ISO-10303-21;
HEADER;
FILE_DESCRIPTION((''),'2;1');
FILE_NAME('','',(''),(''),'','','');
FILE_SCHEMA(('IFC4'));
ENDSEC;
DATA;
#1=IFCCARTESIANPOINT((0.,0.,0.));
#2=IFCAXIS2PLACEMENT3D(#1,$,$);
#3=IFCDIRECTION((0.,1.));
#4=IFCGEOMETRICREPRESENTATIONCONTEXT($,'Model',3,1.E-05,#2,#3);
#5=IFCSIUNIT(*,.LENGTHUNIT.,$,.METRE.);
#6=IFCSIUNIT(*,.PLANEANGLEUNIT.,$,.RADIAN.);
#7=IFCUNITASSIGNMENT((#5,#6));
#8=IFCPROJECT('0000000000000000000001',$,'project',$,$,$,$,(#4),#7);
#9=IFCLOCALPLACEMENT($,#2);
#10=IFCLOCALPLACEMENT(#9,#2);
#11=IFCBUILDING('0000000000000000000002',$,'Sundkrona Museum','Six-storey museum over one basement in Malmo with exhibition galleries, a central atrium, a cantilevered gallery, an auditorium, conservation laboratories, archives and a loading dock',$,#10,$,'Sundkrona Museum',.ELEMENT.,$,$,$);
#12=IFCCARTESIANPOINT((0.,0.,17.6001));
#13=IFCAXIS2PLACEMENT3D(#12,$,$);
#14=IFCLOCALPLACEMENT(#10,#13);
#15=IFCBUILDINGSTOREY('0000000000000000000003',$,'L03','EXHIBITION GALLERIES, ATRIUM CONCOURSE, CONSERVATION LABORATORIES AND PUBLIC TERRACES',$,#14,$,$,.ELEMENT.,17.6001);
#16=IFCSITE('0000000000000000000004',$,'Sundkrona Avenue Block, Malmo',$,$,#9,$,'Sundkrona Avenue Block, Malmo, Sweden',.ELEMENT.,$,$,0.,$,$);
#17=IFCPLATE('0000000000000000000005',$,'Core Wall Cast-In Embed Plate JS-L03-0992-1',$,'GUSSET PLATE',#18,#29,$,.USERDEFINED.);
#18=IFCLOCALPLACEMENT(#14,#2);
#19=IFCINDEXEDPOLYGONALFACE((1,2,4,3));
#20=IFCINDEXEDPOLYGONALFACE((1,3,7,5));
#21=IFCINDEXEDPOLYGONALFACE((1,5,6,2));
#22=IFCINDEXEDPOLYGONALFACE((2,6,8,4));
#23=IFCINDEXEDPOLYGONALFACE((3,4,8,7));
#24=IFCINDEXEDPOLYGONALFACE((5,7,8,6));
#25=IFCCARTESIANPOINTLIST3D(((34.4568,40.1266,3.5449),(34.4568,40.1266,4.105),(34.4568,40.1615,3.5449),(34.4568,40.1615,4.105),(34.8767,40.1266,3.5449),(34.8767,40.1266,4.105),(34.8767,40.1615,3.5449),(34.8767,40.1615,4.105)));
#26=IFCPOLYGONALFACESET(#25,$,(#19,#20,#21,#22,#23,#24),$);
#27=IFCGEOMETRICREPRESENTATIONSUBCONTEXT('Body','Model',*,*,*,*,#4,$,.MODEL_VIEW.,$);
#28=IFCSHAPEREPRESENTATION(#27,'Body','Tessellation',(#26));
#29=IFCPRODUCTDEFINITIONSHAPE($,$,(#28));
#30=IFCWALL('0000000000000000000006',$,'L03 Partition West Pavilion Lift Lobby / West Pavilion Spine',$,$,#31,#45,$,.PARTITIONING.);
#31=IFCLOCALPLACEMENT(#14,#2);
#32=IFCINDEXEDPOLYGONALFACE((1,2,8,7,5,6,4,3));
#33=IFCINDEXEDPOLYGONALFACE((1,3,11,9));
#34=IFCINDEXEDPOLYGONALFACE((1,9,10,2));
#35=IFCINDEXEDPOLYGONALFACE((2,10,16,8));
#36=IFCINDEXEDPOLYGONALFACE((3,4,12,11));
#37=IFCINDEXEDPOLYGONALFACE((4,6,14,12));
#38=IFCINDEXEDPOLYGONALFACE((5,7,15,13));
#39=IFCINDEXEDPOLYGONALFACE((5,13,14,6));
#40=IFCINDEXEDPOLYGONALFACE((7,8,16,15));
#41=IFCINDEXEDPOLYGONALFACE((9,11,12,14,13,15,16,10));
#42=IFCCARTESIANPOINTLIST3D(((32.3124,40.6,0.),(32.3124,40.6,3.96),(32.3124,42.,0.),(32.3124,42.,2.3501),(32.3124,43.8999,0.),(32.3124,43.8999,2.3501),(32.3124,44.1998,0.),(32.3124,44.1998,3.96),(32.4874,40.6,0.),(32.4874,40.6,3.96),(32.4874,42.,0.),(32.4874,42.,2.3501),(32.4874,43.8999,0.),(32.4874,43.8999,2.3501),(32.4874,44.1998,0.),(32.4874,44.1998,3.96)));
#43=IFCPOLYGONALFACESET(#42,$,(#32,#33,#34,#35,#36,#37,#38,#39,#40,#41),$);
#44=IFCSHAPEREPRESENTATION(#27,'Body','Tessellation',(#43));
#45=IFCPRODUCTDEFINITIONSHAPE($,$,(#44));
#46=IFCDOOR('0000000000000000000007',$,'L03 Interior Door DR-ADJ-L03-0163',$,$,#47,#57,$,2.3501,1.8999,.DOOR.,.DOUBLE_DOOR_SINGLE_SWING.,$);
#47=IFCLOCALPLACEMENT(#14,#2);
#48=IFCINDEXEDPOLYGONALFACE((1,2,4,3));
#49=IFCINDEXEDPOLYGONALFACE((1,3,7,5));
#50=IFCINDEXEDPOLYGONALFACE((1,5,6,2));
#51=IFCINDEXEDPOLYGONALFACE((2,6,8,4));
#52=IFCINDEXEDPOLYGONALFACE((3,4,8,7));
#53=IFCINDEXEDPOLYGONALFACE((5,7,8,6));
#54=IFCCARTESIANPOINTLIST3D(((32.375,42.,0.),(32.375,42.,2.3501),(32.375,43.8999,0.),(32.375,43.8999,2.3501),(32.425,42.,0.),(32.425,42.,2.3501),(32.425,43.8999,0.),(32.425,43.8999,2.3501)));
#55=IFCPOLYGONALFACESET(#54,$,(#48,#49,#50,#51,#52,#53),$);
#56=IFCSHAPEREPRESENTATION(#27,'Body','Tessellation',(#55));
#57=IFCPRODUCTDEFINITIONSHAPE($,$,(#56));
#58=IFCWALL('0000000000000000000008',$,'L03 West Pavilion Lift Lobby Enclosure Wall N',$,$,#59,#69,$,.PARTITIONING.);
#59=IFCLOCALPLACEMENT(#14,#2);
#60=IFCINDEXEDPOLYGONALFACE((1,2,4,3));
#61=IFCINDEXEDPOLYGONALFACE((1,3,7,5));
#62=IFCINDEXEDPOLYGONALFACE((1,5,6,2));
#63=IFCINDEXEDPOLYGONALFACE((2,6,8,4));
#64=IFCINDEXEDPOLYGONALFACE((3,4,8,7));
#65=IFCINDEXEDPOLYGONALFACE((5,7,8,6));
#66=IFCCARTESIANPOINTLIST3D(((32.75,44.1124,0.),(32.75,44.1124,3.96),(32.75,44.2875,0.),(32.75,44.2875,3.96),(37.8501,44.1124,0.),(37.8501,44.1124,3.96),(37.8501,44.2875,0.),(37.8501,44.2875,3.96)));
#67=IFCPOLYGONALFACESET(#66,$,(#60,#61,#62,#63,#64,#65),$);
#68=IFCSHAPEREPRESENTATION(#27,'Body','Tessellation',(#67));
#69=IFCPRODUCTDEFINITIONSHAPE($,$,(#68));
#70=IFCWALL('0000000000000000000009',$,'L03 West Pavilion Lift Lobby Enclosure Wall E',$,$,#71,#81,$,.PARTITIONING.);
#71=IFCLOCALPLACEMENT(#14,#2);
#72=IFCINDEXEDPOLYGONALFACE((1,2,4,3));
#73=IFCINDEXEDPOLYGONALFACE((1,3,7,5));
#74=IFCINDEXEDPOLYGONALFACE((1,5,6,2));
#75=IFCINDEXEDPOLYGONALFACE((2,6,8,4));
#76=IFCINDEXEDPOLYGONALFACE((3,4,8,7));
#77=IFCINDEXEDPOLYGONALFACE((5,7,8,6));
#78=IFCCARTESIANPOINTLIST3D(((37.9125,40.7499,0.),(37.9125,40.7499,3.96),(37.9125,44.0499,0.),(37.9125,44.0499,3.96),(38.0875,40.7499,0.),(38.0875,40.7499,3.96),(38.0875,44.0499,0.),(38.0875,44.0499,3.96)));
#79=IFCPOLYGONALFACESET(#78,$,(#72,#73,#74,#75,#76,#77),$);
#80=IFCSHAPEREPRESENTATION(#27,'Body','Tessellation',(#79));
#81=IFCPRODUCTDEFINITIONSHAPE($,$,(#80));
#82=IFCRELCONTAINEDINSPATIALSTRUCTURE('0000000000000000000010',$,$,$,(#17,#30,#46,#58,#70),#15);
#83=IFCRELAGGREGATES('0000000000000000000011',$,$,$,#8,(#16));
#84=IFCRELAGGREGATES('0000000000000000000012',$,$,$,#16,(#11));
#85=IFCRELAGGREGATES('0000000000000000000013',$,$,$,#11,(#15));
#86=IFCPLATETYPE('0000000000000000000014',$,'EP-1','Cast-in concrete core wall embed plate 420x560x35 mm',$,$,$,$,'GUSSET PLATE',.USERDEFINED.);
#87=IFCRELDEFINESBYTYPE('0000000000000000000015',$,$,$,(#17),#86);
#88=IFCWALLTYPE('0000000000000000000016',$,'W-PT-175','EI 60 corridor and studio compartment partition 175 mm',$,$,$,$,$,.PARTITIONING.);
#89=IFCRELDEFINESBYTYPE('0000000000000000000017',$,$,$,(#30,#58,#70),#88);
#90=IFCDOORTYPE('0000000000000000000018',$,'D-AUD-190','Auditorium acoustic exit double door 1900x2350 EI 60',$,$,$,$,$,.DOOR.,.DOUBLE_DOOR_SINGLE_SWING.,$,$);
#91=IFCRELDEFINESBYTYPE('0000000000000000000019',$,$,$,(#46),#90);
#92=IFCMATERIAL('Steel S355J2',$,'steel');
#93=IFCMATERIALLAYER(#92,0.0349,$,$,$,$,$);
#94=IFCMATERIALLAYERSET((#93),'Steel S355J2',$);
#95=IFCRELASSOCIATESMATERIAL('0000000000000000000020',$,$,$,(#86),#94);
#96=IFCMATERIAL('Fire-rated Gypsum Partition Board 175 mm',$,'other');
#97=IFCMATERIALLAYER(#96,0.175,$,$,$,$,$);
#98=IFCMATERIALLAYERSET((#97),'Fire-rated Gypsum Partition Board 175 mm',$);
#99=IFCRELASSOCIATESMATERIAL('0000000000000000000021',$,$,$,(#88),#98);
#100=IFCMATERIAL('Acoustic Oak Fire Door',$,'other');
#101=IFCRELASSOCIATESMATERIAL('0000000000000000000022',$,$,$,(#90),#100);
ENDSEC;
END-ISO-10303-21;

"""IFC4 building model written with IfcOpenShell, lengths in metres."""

from ifc_helpers import new_model, si_unit, direction, frame, frame_2d, origin, origin_2d, place, context, subcontext, project, spatial, rectangle, extrude, material, layer, layer_set, type_object, element, fill, save


model = new_model("IFC4")

# Units and contexts
model_context = context("Model", 3, precision=1e-05, world=origin(), true_north=direction((0.0, 1.0)))
body_context = subcontext(model_context, "Body", "Model", "MODEL_VIEW")
ifc_project = project(units=[si_unit("LENGTHUNIT", "METRE"), si_unit("PLANEANGLEUNIT", "RADIAN")], contexts=[model_context])

# Site, building, storey
site_placement = place(None, origin())
site = spatial("IfcSite", under=ifc_project, at=site_placement, Name="Sundkrona Avenue Block, Malmo", LongName="Sundkrona Avenue Block, Malmo, Sweden", CompositionType="ELEMENT", RefElevation=0.0)
building_placement = place(site_placement, origin())
building = spatial("IfcBuilding", under=site, at=building_placement, Name="Sundkrona Museum", Description="Six-storey museum over one basement in Malmo with exhibition galleries, a central atrium, a cantilevered gallery, an auditorium, conservation laboratories, archives and a loading dock", LongName="Sundkrona Museum", CompositionType="ELEMENT")
storey_placement = place(building_placement, frame((0.0, 0.0, 17.6001)))
storey = spatial("IfcBuildingStorey", under=building, at=storey_placement, Name="L03", Description="EXHIBITION GALLERIES, ATRIUM CONCOURSE, CONSERVATION LABORATORIES AND PUBLIC TERRACES", CompositionType="ELEMENT", Elevation=17.6001)

# Shared definitions
ifc_material_1 = material(Name="Steel S355J2", Category="steel")

# Plate
ifc_layer_1 = layer(ifc_material_1, 0.0349)
ifc_layer_set_1 = layer_set([ifc_layer_1], Name="Steel S355J2")
plate_type = type_object("IfcPlateType", Name="EP-1", Description="Cast-in concrete core wall embed plate 420x560x35 mm", ElementType="GUSSET PLATE", PredefinedType="USERDEFINED", material=ifc_layer_set_1)
plate_placement = place(storey_placement, frame((34.6667, 40.144, 3.5449), z_axis=(0.0, 0.0, 1.0), x_axis=(1.0, 0.0, 0.0)))
element("IfcPlate", 1, at=plate_placement, inside=storey, type_object=plate_type, Name="Core Wall Cast-In Embed Plate JS-L03-0992-1", ObjectType="GUSSET PLATE", PredefinedType="USERDEFINED", context=body_context, shape_type="SweptSolid", body=[
    extrude(rectangle(XDim=0.4199, YDim=0.0349, at=origin_2d()), origin(), (0.0, 0.0, 1.0), 0.5601),
])

# Wall, opening, door
ifc_material_2 = material(Name="Fire-rated Gypsum Partition Board 175 mm", Category="other")
ifc_layer_2 = layer(ifc_material_2, 0.175)
ifc_layer_set_2 = layer_set([ifc_layer_2], Name="Fire-rated Gypsum Partition Board 175 mm")
wall_type_1 = type_object("IfcWallType", Name="W-PT-175", Description="EI 60 corridor and studio compartment partition 175 mm", PredefinedType="PARTITIONING", material=ifc_layer_set_2)
wall_1_placement = place(storey_placement, frame((32.3999, 40.6001, 0.0), z_axis=(0.0, 0.0, 1.0), x_axis=(0.0, 1.0, 0.0)))
wall_1 = element("IfcWall", 2, at=wall_1_placement, inside=storey, type_object=wall_type_1, Name="L03 Partition West Pavilion Lift Lobby / West Pavilion Spine", PredefinedType="PARTITIONING", context=body_context, shape_type="SweptSolid", body=[
    extrude(rectangle(XDim=3.5999, YDim=0.175, at=frame_2d((1.7998, 0.0))), origin(), (0.0, 0.0, 1.0), 3.96),
])
opening_1_placement = place(wall_1_placement, frame((1.3999, 0.0, 0.0)))
opening_1 = element("IfcOpeningElement", 3, at=opening_1_placement, cuts=wall_1, PredefinedType="OPENING", context=body_context, shape_type="SweptSolid", body=[
    extrude(rectangle(XDim=1.8999, YDim=2.3501, at=frame_2d((0.95, 1.175))), frame((0.0, 0.0974, 0.0), z_axis=(0.0, -1.0, 0.0), x_axis=(1.0, 0.0, 0.0)), (0.0, 0.0, 1.0), 0.1951),
])
ifc_material_3 = material(Name="Acoustic Oak Fire Door", Category="other")
door_type_1 = type_object("IfcDoorType", Name="D-AUD-190", Description="Auditorium acoustic exit double door 1900x2350 EI 60", OperationType="DOUBLE_DOOR_SINGLE_SWING", PredefinedType="DOOR", material=ifc_material_3)
door_1_placement = place(opening_1_placement, origin())
door_1 = element("IfcDoor", 4, at=door_1_placement, inside=storey, type_object=door_type_1, Name="L03 Interior Door DR-ADJ-L03-0163", OperationType="DOUBLE_DOOR_SINGLE_SWING", OverallHeight=2.3501, OverallWidth=1.8999, PredefinedType="DOOR", context=body_context, shape_type="SweptSolid", body=[
    extrude(rectangle(XDim=1.8999, YDim=2.3501, at=frame_2d((0.95, 1.175))), frame((0.0, 0.0249, 0.0), z_axis=(0.0, -1.0, 0.0), x_axis=(1.0, 0.0, 0.0)), (0.0, 0.0, 1.0), 0.05),
])
fill(opening_1, door_1)

# Walls
wall_2_placement = place(storey_placement, frame((32.75, 44.2, 0.0), z_axis=(0.0, 0.0, 1.0), x_axis=(1.0, 0.0, 0.0)))
element("IfcWall", 5, at=wall_2_placement, inside=storey, type_object=wall_type_1, Name="L03 West Pavilion Lift Lobby Enclosure Wall N", PredefinedType="PARTITIONING", context=body_context, shape_type="SweptSolid", body=[
    extrude(rectangle(XDim=5.1001, YDim=0.175, at=frame_2d((2.55, 0.0))), origin(), (0.0, 0.0, 1.0), 3.96),
])
wall_3_placement = place(storey_placement, frame((38.0, 40.75, 0.0), z_axis=(0.0, 0.0, 1.0), x_axis=(0.0, 1.0, 0.0)))
element("IfcWall", 6, at=wall_3_placement, inside=storey, type_object=wall_type_1, Name="L03 West Pavilion Lift Lobby Enclosure Wall E", PredefinedType="PARTITIONING", context=body_context, shape_type="SweptSolid", body=[
    extrude(rectangle(XDim=3.3, YDim=0.175, at=frame_2d((1.6499, 0.0))), origin(), (0.0, 0.0, 1.0), 3.96),
])

save(model, "model.ifc")
